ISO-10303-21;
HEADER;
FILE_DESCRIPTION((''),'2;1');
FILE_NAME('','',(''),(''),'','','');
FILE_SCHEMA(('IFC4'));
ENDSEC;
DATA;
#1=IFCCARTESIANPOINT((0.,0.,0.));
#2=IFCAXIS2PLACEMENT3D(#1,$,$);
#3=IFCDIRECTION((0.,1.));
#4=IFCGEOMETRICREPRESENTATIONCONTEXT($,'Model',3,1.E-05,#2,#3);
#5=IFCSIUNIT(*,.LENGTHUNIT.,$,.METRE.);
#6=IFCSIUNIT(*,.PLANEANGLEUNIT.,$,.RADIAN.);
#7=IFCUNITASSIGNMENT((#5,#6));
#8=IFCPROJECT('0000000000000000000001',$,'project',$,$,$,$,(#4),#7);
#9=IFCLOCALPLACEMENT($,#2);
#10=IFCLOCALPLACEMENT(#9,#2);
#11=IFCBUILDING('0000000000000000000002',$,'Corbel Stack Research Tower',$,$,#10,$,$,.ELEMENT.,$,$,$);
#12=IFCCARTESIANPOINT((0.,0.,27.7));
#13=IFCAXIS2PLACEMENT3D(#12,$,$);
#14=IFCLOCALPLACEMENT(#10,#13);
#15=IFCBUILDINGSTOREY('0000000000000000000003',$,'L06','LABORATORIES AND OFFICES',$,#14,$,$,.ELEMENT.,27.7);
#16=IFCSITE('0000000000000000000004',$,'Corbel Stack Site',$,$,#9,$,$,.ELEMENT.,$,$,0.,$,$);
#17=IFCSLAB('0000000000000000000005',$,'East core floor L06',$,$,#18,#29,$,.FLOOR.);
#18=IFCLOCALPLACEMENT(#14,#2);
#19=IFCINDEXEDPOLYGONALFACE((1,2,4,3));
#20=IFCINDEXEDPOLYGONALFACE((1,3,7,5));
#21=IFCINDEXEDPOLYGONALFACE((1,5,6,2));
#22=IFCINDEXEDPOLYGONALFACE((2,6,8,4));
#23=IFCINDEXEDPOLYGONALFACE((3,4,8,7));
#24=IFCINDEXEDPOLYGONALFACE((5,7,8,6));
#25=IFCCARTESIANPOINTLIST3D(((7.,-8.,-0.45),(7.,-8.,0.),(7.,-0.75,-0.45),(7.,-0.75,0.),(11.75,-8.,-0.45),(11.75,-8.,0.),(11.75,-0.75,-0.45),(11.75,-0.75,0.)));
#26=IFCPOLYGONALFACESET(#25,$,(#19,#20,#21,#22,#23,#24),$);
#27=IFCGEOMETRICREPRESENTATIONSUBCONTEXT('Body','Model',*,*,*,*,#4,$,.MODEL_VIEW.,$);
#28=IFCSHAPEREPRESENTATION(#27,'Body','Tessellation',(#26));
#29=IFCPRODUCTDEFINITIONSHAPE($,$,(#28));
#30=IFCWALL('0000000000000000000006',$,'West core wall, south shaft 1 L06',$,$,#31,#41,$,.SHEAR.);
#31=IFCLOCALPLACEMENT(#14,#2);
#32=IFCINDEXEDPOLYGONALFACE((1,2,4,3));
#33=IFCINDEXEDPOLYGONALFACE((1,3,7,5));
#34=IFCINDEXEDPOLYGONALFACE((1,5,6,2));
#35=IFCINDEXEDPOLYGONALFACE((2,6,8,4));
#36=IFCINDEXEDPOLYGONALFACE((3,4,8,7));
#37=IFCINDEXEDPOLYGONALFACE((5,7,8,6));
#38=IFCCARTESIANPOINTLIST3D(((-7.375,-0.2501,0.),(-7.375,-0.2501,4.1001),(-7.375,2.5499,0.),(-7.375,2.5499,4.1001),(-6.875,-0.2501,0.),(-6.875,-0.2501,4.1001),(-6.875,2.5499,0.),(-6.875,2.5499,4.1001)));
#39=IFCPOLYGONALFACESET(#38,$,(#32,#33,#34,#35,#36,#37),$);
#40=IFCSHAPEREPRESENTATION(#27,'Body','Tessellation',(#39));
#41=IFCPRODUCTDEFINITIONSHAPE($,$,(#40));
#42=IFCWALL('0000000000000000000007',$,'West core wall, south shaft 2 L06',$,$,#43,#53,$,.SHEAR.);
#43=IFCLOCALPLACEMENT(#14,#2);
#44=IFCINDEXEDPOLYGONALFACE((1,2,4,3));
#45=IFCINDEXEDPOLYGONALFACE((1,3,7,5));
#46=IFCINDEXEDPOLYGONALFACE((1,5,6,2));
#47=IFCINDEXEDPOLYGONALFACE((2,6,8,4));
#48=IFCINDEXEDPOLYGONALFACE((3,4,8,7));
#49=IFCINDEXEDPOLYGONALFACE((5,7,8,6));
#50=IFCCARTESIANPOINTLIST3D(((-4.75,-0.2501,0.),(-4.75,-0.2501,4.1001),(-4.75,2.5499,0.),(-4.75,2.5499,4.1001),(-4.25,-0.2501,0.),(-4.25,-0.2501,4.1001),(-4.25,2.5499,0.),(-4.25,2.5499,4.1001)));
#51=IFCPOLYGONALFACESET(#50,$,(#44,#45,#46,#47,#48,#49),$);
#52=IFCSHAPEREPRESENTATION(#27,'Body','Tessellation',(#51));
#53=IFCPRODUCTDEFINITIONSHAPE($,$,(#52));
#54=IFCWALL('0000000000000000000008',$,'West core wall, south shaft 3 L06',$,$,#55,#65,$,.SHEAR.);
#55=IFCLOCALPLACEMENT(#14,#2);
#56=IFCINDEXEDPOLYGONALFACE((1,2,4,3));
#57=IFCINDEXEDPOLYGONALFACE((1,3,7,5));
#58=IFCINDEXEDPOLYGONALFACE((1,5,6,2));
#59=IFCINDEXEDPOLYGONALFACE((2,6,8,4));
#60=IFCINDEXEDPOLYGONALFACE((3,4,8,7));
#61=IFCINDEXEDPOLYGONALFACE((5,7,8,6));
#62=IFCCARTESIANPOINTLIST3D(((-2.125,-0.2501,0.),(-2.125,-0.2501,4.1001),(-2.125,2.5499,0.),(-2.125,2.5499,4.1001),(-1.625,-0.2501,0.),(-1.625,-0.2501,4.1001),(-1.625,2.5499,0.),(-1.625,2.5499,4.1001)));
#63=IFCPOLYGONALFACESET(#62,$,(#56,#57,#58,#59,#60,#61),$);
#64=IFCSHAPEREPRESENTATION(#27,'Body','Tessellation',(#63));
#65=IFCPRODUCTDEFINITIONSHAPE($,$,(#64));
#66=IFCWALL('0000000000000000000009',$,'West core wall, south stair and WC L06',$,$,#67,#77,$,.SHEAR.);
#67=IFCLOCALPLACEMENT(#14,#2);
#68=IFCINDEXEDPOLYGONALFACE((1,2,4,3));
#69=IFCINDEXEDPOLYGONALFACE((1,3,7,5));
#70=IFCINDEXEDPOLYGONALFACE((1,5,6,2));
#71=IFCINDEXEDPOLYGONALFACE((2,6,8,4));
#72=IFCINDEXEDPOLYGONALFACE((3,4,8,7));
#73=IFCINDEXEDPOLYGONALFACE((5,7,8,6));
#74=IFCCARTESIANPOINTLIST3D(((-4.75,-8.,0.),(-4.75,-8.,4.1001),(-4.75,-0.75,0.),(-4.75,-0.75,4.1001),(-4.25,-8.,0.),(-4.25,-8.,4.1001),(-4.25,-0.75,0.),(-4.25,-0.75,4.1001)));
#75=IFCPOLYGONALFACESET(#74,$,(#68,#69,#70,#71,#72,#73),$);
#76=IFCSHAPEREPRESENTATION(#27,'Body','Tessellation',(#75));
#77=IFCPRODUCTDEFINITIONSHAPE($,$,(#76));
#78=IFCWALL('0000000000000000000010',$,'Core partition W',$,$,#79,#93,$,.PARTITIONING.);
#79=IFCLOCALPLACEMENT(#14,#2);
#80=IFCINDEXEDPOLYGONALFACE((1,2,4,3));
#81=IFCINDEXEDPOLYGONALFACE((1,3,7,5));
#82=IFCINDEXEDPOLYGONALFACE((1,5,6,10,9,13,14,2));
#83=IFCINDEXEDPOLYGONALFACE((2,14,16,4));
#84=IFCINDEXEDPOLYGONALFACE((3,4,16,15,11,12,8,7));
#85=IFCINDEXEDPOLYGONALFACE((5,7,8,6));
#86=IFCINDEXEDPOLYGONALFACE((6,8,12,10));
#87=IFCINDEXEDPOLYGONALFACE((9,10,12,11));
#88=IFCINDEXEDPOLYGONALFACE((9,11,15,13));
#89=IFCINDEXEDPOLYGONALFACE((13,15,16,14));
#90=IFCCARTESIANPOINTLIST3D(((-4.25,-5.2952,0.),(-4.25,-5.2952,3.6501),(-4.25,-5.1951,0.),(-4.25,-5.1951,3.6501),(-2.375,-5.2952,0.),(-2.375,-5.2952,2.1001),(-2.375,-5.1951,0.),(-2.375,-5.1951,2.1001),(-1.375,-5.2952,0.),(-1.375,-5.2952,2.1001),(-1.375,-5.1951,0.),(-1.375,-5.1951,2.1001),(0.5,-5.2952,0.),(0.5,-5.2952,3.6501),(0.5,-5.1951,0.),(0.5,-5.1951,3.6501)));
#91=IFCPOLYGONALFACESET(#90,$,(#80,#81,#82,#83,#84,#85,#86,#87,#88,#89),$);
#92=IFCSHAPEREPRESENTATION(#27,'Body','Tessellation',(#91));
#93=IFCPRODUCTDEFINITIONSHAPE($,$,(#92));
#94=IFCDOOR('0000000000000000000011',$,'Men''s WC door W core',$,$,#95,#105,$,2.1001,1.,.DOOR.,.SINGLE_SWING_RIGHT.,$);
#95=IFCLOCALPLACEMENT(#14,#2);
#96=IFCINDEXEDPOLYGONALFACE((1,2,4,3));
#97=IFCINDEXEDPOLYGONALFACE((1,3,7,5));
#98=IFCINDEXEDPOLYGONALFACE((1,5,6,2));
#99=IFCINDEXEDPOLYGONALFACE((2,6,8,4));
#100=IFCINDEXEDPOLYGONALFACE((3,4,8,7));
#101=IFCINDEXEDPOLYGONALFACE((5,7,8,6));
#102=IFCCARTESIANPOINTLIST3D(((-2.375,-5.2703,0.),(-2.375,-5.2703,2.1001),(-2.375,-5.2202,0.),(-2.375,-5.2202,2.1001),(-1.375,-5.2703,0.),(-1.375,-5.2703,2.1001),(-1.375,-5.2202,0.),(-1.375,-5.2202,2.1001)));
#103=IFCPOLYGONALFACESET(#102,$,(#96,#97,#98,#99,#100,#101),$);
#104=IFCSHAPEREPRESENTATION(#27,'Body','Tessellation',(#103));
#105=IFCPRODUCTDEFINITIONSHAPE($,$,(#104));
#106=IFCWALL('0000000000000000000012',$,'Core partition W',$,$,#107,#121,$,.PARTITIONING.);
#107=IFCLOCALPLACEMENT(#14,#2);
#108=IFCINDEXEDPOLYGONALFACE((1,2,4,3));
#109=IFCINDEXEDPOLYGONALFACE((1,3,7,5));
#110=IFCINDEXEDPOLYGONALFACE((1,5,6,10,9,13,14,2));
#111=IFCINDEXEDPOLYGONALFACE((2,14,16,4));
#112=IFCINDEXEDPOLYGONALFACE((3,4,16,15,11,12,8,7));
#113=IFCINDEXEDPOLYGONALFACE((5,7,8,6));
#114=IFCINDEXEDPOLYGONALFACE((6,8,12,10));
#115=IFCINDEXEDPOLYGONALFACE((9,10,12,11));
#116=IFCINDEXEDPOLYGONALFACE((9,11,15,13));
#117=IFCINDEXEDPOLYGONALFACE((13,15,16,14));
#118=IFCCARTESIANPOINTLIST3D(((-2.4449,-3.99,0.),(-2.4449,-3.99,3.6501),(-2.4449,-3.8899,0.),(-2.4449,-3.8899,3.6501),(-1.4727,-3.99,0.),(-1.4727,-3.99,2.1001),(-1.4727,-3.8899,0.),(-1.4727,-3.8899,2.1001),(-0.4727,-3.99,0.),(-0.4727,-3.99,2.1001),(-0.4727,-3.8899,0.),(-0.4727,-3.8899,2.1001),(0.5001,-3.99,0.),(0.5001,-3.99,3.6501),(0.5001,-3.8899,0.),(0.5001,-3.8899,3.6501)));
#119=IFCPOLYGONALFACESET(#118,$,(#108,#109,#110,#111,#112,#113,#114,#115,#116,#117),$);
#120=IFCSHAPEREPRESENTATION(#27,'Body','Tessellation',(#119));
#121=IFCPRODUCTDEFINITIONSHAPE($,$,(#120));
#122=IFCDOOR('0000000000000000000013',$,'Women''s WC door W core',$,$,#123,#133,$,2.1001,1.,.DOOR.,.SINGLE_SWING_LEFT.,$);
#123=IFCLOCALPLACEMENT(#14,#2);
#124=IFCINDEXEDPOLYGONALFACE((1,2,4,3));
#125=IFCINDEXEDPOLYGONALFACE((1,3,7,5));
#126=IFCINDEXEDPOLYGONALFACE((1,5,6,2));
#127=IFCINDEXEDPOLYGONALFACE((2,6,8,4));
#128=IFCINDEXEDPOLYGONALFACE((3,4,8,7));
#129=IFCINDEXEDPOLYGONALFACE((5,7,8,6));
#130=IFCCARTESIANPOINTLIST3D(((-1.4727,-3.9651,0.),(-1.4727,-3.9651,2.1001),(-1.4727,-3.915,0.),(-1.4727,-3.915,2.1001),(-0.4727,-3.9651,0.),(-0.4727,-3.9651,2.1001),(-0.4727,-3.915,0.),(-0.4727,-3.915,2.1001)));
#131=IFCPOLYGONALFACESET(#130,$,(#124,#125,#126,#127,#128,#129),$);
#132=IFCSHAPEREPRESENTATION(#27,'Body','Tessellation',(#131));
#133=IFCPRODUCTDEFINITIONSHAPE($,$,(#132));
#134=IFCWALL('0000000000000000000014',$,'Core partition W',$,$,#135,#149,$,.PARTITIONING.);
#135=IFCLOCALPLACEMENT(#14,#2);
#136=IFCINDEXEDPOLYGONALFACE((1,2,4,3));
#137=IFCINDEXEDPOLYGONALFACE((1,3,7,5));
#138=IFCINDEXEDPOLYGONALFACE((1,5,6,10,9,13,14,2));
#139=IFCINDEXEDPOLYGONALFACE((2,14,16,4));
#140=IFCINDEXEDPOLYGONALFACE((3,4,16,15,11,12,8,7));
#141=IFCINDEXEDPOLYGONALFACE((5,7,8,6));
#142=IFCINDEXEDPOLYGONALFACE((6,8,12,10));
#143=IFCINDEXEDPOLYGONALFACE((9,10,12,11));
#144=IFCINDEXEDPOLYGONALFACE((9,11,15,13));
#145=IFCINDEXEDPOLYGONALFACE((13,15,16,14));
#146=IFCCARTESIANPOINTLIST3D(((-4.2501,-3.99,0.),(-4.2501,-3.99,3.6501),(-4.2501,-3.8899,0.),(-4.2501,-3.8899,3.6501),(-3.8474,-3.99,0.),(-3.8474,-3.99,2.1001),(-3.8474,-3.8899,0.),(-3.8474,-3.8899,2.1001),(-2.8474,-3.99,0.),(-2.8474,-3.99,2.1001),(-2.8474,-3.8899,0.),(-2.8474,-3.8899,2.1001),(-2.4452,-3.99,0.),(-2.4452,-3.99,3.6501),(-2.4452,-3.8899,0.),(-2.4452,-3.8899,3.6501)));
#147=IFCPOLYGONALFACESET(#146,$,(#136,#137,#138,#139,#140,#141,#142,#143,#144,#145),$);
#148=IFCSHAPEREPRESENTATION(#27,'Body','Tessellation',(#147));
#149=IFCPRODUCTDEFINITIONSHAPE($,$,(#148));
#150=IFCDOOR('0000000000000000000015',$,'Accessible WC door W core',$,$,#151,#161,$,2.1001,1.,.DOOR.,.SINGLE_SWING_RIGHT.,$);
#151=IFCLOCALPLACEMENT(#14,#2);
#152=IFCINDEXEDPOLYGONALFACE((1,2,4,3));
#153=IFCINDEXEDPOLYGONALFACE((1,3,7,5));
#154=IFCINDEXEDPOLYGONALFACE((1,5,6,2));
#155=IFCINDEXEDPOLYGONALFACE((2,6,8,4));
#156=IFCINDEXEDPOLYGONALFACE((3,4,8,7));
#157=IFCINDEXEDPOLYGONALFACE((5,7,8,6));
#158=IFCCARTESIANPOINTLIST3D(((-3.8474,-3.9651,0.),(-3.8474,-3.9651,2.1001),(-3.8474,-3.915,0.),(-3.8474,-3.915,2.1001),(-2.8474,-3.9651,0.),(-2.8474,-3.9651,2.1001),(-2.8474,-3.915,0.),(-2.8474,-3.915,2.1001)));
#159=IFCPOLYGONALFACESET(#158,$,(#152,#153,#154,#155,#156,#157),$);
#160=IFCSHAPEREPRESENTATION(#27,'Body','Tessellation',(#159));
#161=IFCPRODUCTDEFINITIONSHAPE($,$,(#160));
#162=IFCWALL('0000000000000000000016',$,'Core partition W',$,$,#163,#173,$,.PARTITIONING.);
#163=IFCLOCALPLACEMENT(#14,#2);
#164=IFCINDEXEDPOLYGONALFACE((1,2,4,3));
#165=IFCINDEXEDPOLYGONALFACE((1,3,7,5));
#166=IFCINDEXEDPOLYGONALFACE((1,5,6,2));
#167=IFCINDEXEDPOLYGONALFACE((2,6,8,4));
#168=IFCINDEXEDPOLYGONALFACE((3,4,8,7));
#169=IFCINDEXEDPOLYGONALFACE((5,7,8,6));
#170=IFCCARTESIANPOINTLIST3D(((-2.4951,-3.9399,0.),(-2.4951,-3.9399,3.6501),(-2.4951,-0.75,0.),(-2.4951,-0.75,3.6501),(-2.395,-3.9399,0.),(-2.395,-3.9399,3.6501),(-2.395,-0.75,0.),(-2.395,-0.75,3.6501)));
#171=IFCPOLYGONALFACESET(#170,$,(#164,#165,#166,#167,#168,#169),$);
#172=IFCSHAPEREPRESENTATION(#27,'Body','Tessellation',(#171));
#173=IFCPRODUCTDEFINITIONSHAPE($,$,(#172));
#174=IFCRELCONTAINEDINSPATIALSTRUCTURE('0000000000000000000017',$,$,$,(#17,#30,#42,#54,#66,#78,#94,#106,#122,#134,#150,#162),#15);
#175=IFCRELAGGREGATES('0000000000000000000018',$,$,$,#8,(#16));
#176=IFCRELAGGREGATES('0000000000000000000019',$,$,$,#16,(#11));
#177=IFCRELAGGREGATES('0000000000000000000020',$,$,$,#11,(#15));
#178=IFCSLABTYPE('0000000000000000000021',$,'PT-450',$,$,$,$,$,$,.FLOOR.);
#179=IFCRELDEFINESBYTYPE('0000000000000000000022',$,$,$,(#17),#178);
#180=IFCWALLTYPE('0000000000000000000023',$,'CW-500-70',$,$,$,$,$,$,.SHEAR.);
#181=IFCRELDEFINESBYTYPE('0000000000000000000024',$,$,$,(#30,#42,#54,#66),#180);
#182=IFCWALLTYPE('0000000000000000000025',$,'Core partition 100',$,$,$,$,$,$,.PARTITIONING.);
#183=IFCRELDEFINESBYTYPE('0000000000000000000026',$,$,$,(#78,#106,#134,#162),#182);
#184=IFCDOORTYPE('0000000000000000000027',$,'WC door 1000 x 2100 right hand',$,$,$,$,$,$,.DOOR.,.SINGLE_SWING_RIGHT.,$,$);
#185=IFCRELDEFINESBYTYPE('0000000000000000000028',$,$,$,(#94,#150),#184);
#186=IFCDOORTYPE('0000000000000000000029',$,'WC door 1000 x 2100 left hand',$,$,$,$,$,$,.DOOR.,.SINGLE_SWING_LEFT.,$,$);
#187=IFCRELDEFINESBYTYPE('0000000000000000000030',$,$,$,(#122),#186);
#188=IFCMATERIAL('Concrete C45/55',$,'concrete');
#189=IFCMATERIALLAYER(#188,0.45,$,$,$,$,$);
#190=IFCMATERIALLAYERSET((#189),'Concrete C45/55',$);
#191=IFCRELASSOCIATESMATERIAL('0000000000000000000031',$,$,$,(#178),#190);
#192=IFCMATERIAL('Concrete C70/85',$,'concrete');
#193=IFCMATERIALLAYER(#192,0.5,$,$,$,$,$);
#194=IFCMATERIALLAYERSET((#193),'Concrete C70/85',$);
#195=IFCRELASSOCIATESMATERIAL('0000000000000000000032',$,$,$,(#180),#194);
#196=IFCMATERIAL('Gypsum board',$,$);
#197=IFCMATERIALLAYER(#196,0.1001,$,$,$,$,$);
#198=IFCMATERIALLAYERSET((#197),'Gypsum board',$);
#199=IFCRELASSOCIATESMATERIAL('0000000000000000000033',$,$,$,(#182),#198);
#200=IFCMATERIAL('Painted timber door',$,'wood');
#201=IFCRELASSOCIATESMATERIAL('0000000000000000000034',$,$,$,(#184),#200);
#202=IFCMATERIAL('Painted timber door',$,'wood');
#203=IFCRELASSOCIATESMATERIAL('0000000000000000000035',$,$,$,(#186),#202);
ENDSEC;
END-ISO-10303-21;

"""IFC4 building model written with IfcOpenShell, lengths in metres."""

from ifc_helpers import new_model, si_unit, direction, frame, frame_2d, origin, place, context, subcontext, project, spatial, polyline, rectangle, outline, extrude, material, layer, layer_set, type_object, element, fill, save


model = new_model("IFC4")

# Units and contexts
model_context = context("Model", 3, precision=1e-05, world=origin(), true_north=direction((0.0, 1.0)))
body_context = subcontext(model_context, "Body", "Model", "MODEL_VIEW")
ifc_project = project(units=[si_unit("LENGTHUNIT", "METRE"), si_unit("PLANEANGLEUNIT", "RADIAN")], contexts=[model_context])

# Site, building, storey
site_placement = place(None, origin())
site = spatial("IfcSite", under=ifc_project, at=site_placement, Name="Corbel Stack Site", CompositionType="ELEMENT", RefElevation=0.0)
building_placement = place(site_placement, origin())
building = spatial("IfcBuilding", under=site, at=building_placement, Name="Corbel Stack Research Tower", CompositionType="ELEMENT")
storey_placement = place(building_placement, frame((0.0, 0.0, 27.7)))
storey = spatial("IfcBuildingStorey", under=building, at=storey_placement, Name="L06", Description="LABORATORIES AND OFFICES", CompositionType="ELEMENT", Elevation=27.7)

# Slab
ifc_material_1 = material(Name="Concrete C45/55", Category="concrete")
ifc_layer_1 = layer(ifc_material_1, 0.45)
ifc_layer_set_1 = layer_set([ifc_layer_1], Name="Concrete C45/55")
slab_type = type_object("IfcSlabType", Name="PT-450", PredefinedType="FLOOR", material=ifc_layer_set_1)
slab_1_placement = place(storey_placement, frame((0.0, 0.0, -0.45)))
element("IfcSlab", 1, at=slab_1_placement, inside=storey, type_object=slab_type, Name="East core floor L06", PredefinedType="FLOOR", context=body_context, shape_type="SweptSolid", body=[
    extrude(outline(polyline([(7.0, -0.75), (7.0, -8.0), (11.75, -8.0), (11.75, -0.75), (7.0, -0.75)])), origin(), (0.0, 0.0, 1.0), 0.45),
])

# Walls
ifc_material_2 = material(Name="Concrete C70/85", Category="concrete")
ifc_layer_2 = layer(ifc_material_2, 0.5)
ifc_layer_set_2 = layer_set([ifc_layer_2], Name="Concrete C70/85")
wall_type_1 = type_object("IfcWallType", Name="CW-500-70", PredefinedType="SHEAR", material=ifc_layer_set_2)
for number, where, z_axis, x_axis, name in (
    (2, (-7.125, -0.25, 0.0), (0.0, 0.0, 1.0), (0.0, 1.0, 0.0), "West core wall, south shaft 1 L06"),
    (3, (-4.5, -0.25, 0.0), (0.0, 0.0, 1.0), (0.0, 1.0, 0.0), "West core wall, south shaft 2 L06"),
    (4, (-1.875, -0.25, 0.0), (0.0, 0.0, 1.0), (0.0, 1.0, 0.0), "West core wall, south shaft 3 L06"),
):
    element("IfcWall", number, at=place(storey_placement, frame(where, z_axis=z_axis, x_axis=x_axis)), inside=storey, type_object=wall_type_1, Name=name, PredefinedType="SHEAR", context=body_context, shape_type="SweptSolid", body=[
        extrude(rectangle(XDim=2.8, YDim=0.5, at=frame_2d((1.3999, 0.0))), origin(), (0.0, 0.0, 1.0), 4.1001),
    ])
wall_1_placement = place(storey_placement, frame((-4.5, -8.0, 0.0), z_axis=(0.0, 0.0, 1.0), x_axis=(0.0, 1.0, 0.0)))
element("IfcWall", 5, at=wall_1_placement, inside=storey, type_object=wall_type_1, Name="West core wall, south stair and WC L06", PredefinedType="SHEAR", context=body_context, shape_type="SweptSolid", body=[
    extrude(rectangle(XDim=7.25, YDim=0.5, at=frame_2d((3.625, 0.0))), origin(), (0.0, 0.0, 1.0), 4.1001),
])

# Walls, openings, doors
ifc_material_3 = material(Name="Gypsum board")
ifc_layer_3 = layer(ifc_material_3, 0.1001)
ifc_layer_set_3 = layer_set([ifc_layer_3], Name="Gypsum board")
wall_type_2 = type_object("IfcWallType", Name="Core partition 100", PredefinedType="PARTITIONING", material=ifc_layer_set_3)
wall_2_placement = place(storey_placement, frame((-4.25, -5.2451, 0.0), z_axis=(0.0, 0.0, 1.0), x_axis=(1.0, 0.0, 0.0)))
wall_2 = element("IfcWall", 6, at=wall_2_placement, inside=storey, type_object=wall_type_2, Name="Core partition W", PredefinedType="PARTITIONING", context=body_context, shape_type="SweptSolid", body=[
    extrude(rectangle(XDim=4.75, YDim=0.1001, at=frame_2d((2.375, 0.0))), origin(), (0.0, 0.0, 1.0), 3.6501),
])
opening_1_placement = place(wall_2_placement, frame((1.875, 0.0, 0.0)))
opening_1 = element("IfcOpeningElement", 7, at=opening_1_placement, cuts=wall_2, PredefinedType="OPENING", context=body_context, shape_type="SweptSolid", body=[
    extrude(rectangle(XDim=1.0, YDim=2.1001, at=frame_2d((0.5, 1.05))), frame((0.0, 0.0601, 0.0), z_axis=(0.0, -1.0, 0.0), x_axis=(1.0, 0.0, 0.0)), (0.0, 0.0, 1.0), 0.1201),
])
ifc_material_4 = material(Name="Painted timber door", Category="wood")
door_type_1 = type_object("IfcDoorType", Name="WC door 1000 x 2100 right hand", OperationType="SINGLE_SWING_RIGHT", PredefinedType="DOOR", material=ifc_material_4)
door_1_placement = place(opening_1_placement, origin())
door_1 = element("IfcDoor", 8, at=door_1_placement, inside=storey, type_object=door_type_1, Name="Men's WC door W core", OperationType="SINGLE_SWING_RIGHT", OverallHeight=2.1001, OverallWidth=1.0, PredefinedType="DOOR", context=body_context, shape_type="SweptSolid", body=[
    extrude(rectangle(XDim=1.0, YDim=2.1001, at=frame_2d((0.5, 1.05))), frame((0.0, 0.0249, 0.0), z_axis=(0.0, -1.0, 0.0), x_axis=(1.0, 0.0, 0.0)), (0.0, 0.0, 1.0), 0.05),
])
fill(opening_1, door_1)
wall_3_placement = place(storey_placement, frame((-2.4451, -3.9399, 0.0), z_axis=(0.0, 0.0, 1.0), x_axis=(1.0, 0.0, 0.0)))
wall_3 = element("IfcWall", 9, at=wall_3_placement, inside=storey, type_object=wall_type_2, Name="Core partition W", PredefinedType="PARTITIONING", context=body_context, shape_type="SweptSolid", body=[
    extrude(rectangle(XDim=2.9451, YDim=0.1001, at=frame_2d((1.4727, 0.0))), origin(), (0.0, 0.0, 1.0), 3.6501),
])
opening_2_placement = place(wall_3_placement, frame((0.9724, 0.0, 0.0)))
opening_2 = element("IfcOpeningElement", 10, at=opening_2_placement, cuts=wall_3, PredefinedType="OPENING", context=body_context, shape_type="SweptSolid", body=[
    extrude(rectangle(XDim=1.0, YDim=2.1001, at=frame_2d((0.5, 1.05))), frame((0.0, 0.0601, 0.0), z_axis=(0.0, -1.0, 0.0), x_axis=(1.0, 0.0, 0.0)), (0.0, 0.0, 1.0), 0.1201),
])
ifc_material_5 = material(Name="Painted timber door", Category="wood")
door_type_2 = type_object("IfcDoorType", Name="WC door 1000 x 2100 left hand", OperationType="SINGLE_SWING_LEFT", PredefinedType="DOOR", material=ifc_material_5)
door_2_placement = place(opening_2_placement, origin())
door_2 = element("IfcDoor", 11, at=door_2_placement, inside=storey, type_object=door_type_2, Name="Women's WC door W core", OperationType="SINGLE_SWING_LEFT", OverallHeight=2.1001, OverallWidth=1.0, PredefinedType="DOOR", context=body_context, shape_type="SweptSolid", body=[
    extrude(rectangle(XDim=1.0, YDim=2.1001, at=frame_2d((0.5, 1.05))), frame((0.0, 0.0249, 0.0), z_axis=(0.0, -1.0, 0.0), x_axis=(1.0, 0.0, 0.0)), (0.0, 0.0, 1.0), 0.05),
])
fill(opening_2, door_2)
wall_4_placement = place(storey_placement, frame((-4.25, -3.9399, 0.0), z_axis=(0.0, 0.0, 1.0), x_axis=(1.0, 0.0, 0.0)))
wall_4 = element("IfcWall", 12, at=wall_4_placement, inside=storey, type_object=wall_type_2, Name="Core partition W", PredefinedType="PARTITIONING", context=body_context, shape_type="SweptSolid", body=[
    extrude(rectangle(XDim=1.8049, YDim=0.1001, at=frame_2d((0.9023, 0.0))), origin(), (0.0, 0.0, 1.0), 3.6501),
])
opening_3_placement = place(wall_4_placement, frame((0.4026, 0.0, 0.0)))
opening_3 = element("IfcOpeningElement", 13, at=opening_3_placement, cuts=wall_4, PredefinedType="OPENING", context=body_context, shape_type="SweptSolid", body=[
    extrude(rectangle(XDim=1.0, YDim=2.1001, at=frame_2d((0.5, 1.05))), frame((0.0, 0.0601, 0.0), z_axis=(0.0, -1.0, 0.0), x_axis=(1.0, 0.0, 0.0)), (0.0, 0.0, 1.0), 0.1201),
])
door_3_placement = place(opening_3_placement, origin())
door_3 = element("IfcDoor", 14, at=door_3_placement, inside=storey, type_object=door_type_1, Name="Accessible WC door W core", OperationType="SINGLE_SWING_RIGHT", OverallHeight=2.1001, OverallWidth=1.0, PredefinedType="DOOR", context=body_context, shape_type="SweptSolid", body=[
    extrude(rectangle(XDim=1.0, YDim=2.1001, at=frame_2d((0.5, 1.05))), frame((0.0, 0.0249, 0.0), z_axis=(0.0, -1.0, 0.0), x_axis=(1.0, 0.0, 0.0)), (0.0, 0.0, 1.0), 0.05),
])
fill(opening_3, door_3)

# Wall
wall_5_placement = place(storey_placement, frame((-2.4451, -3.9399, 0.0), z_axis=(0.0, 0.0, 1.0), x_axis=(0.0, 1.0, 0.0)))
element("IfcWall", 15, at=wall_5_placement, inside=storey, type_object=wall_type_2, Name="Core partition W", PredefinedType="PARTITIONING", context=body_context, shape_type="SweptSolid", body=[
    extrude(rectangle(XDim=3.1899, YDim=0.1001, at=frame_2d((1.595, 0.0))), origin(), (0.0, 0.0, 1.0), 3.6501),
])

save(model, "model.ifc")
